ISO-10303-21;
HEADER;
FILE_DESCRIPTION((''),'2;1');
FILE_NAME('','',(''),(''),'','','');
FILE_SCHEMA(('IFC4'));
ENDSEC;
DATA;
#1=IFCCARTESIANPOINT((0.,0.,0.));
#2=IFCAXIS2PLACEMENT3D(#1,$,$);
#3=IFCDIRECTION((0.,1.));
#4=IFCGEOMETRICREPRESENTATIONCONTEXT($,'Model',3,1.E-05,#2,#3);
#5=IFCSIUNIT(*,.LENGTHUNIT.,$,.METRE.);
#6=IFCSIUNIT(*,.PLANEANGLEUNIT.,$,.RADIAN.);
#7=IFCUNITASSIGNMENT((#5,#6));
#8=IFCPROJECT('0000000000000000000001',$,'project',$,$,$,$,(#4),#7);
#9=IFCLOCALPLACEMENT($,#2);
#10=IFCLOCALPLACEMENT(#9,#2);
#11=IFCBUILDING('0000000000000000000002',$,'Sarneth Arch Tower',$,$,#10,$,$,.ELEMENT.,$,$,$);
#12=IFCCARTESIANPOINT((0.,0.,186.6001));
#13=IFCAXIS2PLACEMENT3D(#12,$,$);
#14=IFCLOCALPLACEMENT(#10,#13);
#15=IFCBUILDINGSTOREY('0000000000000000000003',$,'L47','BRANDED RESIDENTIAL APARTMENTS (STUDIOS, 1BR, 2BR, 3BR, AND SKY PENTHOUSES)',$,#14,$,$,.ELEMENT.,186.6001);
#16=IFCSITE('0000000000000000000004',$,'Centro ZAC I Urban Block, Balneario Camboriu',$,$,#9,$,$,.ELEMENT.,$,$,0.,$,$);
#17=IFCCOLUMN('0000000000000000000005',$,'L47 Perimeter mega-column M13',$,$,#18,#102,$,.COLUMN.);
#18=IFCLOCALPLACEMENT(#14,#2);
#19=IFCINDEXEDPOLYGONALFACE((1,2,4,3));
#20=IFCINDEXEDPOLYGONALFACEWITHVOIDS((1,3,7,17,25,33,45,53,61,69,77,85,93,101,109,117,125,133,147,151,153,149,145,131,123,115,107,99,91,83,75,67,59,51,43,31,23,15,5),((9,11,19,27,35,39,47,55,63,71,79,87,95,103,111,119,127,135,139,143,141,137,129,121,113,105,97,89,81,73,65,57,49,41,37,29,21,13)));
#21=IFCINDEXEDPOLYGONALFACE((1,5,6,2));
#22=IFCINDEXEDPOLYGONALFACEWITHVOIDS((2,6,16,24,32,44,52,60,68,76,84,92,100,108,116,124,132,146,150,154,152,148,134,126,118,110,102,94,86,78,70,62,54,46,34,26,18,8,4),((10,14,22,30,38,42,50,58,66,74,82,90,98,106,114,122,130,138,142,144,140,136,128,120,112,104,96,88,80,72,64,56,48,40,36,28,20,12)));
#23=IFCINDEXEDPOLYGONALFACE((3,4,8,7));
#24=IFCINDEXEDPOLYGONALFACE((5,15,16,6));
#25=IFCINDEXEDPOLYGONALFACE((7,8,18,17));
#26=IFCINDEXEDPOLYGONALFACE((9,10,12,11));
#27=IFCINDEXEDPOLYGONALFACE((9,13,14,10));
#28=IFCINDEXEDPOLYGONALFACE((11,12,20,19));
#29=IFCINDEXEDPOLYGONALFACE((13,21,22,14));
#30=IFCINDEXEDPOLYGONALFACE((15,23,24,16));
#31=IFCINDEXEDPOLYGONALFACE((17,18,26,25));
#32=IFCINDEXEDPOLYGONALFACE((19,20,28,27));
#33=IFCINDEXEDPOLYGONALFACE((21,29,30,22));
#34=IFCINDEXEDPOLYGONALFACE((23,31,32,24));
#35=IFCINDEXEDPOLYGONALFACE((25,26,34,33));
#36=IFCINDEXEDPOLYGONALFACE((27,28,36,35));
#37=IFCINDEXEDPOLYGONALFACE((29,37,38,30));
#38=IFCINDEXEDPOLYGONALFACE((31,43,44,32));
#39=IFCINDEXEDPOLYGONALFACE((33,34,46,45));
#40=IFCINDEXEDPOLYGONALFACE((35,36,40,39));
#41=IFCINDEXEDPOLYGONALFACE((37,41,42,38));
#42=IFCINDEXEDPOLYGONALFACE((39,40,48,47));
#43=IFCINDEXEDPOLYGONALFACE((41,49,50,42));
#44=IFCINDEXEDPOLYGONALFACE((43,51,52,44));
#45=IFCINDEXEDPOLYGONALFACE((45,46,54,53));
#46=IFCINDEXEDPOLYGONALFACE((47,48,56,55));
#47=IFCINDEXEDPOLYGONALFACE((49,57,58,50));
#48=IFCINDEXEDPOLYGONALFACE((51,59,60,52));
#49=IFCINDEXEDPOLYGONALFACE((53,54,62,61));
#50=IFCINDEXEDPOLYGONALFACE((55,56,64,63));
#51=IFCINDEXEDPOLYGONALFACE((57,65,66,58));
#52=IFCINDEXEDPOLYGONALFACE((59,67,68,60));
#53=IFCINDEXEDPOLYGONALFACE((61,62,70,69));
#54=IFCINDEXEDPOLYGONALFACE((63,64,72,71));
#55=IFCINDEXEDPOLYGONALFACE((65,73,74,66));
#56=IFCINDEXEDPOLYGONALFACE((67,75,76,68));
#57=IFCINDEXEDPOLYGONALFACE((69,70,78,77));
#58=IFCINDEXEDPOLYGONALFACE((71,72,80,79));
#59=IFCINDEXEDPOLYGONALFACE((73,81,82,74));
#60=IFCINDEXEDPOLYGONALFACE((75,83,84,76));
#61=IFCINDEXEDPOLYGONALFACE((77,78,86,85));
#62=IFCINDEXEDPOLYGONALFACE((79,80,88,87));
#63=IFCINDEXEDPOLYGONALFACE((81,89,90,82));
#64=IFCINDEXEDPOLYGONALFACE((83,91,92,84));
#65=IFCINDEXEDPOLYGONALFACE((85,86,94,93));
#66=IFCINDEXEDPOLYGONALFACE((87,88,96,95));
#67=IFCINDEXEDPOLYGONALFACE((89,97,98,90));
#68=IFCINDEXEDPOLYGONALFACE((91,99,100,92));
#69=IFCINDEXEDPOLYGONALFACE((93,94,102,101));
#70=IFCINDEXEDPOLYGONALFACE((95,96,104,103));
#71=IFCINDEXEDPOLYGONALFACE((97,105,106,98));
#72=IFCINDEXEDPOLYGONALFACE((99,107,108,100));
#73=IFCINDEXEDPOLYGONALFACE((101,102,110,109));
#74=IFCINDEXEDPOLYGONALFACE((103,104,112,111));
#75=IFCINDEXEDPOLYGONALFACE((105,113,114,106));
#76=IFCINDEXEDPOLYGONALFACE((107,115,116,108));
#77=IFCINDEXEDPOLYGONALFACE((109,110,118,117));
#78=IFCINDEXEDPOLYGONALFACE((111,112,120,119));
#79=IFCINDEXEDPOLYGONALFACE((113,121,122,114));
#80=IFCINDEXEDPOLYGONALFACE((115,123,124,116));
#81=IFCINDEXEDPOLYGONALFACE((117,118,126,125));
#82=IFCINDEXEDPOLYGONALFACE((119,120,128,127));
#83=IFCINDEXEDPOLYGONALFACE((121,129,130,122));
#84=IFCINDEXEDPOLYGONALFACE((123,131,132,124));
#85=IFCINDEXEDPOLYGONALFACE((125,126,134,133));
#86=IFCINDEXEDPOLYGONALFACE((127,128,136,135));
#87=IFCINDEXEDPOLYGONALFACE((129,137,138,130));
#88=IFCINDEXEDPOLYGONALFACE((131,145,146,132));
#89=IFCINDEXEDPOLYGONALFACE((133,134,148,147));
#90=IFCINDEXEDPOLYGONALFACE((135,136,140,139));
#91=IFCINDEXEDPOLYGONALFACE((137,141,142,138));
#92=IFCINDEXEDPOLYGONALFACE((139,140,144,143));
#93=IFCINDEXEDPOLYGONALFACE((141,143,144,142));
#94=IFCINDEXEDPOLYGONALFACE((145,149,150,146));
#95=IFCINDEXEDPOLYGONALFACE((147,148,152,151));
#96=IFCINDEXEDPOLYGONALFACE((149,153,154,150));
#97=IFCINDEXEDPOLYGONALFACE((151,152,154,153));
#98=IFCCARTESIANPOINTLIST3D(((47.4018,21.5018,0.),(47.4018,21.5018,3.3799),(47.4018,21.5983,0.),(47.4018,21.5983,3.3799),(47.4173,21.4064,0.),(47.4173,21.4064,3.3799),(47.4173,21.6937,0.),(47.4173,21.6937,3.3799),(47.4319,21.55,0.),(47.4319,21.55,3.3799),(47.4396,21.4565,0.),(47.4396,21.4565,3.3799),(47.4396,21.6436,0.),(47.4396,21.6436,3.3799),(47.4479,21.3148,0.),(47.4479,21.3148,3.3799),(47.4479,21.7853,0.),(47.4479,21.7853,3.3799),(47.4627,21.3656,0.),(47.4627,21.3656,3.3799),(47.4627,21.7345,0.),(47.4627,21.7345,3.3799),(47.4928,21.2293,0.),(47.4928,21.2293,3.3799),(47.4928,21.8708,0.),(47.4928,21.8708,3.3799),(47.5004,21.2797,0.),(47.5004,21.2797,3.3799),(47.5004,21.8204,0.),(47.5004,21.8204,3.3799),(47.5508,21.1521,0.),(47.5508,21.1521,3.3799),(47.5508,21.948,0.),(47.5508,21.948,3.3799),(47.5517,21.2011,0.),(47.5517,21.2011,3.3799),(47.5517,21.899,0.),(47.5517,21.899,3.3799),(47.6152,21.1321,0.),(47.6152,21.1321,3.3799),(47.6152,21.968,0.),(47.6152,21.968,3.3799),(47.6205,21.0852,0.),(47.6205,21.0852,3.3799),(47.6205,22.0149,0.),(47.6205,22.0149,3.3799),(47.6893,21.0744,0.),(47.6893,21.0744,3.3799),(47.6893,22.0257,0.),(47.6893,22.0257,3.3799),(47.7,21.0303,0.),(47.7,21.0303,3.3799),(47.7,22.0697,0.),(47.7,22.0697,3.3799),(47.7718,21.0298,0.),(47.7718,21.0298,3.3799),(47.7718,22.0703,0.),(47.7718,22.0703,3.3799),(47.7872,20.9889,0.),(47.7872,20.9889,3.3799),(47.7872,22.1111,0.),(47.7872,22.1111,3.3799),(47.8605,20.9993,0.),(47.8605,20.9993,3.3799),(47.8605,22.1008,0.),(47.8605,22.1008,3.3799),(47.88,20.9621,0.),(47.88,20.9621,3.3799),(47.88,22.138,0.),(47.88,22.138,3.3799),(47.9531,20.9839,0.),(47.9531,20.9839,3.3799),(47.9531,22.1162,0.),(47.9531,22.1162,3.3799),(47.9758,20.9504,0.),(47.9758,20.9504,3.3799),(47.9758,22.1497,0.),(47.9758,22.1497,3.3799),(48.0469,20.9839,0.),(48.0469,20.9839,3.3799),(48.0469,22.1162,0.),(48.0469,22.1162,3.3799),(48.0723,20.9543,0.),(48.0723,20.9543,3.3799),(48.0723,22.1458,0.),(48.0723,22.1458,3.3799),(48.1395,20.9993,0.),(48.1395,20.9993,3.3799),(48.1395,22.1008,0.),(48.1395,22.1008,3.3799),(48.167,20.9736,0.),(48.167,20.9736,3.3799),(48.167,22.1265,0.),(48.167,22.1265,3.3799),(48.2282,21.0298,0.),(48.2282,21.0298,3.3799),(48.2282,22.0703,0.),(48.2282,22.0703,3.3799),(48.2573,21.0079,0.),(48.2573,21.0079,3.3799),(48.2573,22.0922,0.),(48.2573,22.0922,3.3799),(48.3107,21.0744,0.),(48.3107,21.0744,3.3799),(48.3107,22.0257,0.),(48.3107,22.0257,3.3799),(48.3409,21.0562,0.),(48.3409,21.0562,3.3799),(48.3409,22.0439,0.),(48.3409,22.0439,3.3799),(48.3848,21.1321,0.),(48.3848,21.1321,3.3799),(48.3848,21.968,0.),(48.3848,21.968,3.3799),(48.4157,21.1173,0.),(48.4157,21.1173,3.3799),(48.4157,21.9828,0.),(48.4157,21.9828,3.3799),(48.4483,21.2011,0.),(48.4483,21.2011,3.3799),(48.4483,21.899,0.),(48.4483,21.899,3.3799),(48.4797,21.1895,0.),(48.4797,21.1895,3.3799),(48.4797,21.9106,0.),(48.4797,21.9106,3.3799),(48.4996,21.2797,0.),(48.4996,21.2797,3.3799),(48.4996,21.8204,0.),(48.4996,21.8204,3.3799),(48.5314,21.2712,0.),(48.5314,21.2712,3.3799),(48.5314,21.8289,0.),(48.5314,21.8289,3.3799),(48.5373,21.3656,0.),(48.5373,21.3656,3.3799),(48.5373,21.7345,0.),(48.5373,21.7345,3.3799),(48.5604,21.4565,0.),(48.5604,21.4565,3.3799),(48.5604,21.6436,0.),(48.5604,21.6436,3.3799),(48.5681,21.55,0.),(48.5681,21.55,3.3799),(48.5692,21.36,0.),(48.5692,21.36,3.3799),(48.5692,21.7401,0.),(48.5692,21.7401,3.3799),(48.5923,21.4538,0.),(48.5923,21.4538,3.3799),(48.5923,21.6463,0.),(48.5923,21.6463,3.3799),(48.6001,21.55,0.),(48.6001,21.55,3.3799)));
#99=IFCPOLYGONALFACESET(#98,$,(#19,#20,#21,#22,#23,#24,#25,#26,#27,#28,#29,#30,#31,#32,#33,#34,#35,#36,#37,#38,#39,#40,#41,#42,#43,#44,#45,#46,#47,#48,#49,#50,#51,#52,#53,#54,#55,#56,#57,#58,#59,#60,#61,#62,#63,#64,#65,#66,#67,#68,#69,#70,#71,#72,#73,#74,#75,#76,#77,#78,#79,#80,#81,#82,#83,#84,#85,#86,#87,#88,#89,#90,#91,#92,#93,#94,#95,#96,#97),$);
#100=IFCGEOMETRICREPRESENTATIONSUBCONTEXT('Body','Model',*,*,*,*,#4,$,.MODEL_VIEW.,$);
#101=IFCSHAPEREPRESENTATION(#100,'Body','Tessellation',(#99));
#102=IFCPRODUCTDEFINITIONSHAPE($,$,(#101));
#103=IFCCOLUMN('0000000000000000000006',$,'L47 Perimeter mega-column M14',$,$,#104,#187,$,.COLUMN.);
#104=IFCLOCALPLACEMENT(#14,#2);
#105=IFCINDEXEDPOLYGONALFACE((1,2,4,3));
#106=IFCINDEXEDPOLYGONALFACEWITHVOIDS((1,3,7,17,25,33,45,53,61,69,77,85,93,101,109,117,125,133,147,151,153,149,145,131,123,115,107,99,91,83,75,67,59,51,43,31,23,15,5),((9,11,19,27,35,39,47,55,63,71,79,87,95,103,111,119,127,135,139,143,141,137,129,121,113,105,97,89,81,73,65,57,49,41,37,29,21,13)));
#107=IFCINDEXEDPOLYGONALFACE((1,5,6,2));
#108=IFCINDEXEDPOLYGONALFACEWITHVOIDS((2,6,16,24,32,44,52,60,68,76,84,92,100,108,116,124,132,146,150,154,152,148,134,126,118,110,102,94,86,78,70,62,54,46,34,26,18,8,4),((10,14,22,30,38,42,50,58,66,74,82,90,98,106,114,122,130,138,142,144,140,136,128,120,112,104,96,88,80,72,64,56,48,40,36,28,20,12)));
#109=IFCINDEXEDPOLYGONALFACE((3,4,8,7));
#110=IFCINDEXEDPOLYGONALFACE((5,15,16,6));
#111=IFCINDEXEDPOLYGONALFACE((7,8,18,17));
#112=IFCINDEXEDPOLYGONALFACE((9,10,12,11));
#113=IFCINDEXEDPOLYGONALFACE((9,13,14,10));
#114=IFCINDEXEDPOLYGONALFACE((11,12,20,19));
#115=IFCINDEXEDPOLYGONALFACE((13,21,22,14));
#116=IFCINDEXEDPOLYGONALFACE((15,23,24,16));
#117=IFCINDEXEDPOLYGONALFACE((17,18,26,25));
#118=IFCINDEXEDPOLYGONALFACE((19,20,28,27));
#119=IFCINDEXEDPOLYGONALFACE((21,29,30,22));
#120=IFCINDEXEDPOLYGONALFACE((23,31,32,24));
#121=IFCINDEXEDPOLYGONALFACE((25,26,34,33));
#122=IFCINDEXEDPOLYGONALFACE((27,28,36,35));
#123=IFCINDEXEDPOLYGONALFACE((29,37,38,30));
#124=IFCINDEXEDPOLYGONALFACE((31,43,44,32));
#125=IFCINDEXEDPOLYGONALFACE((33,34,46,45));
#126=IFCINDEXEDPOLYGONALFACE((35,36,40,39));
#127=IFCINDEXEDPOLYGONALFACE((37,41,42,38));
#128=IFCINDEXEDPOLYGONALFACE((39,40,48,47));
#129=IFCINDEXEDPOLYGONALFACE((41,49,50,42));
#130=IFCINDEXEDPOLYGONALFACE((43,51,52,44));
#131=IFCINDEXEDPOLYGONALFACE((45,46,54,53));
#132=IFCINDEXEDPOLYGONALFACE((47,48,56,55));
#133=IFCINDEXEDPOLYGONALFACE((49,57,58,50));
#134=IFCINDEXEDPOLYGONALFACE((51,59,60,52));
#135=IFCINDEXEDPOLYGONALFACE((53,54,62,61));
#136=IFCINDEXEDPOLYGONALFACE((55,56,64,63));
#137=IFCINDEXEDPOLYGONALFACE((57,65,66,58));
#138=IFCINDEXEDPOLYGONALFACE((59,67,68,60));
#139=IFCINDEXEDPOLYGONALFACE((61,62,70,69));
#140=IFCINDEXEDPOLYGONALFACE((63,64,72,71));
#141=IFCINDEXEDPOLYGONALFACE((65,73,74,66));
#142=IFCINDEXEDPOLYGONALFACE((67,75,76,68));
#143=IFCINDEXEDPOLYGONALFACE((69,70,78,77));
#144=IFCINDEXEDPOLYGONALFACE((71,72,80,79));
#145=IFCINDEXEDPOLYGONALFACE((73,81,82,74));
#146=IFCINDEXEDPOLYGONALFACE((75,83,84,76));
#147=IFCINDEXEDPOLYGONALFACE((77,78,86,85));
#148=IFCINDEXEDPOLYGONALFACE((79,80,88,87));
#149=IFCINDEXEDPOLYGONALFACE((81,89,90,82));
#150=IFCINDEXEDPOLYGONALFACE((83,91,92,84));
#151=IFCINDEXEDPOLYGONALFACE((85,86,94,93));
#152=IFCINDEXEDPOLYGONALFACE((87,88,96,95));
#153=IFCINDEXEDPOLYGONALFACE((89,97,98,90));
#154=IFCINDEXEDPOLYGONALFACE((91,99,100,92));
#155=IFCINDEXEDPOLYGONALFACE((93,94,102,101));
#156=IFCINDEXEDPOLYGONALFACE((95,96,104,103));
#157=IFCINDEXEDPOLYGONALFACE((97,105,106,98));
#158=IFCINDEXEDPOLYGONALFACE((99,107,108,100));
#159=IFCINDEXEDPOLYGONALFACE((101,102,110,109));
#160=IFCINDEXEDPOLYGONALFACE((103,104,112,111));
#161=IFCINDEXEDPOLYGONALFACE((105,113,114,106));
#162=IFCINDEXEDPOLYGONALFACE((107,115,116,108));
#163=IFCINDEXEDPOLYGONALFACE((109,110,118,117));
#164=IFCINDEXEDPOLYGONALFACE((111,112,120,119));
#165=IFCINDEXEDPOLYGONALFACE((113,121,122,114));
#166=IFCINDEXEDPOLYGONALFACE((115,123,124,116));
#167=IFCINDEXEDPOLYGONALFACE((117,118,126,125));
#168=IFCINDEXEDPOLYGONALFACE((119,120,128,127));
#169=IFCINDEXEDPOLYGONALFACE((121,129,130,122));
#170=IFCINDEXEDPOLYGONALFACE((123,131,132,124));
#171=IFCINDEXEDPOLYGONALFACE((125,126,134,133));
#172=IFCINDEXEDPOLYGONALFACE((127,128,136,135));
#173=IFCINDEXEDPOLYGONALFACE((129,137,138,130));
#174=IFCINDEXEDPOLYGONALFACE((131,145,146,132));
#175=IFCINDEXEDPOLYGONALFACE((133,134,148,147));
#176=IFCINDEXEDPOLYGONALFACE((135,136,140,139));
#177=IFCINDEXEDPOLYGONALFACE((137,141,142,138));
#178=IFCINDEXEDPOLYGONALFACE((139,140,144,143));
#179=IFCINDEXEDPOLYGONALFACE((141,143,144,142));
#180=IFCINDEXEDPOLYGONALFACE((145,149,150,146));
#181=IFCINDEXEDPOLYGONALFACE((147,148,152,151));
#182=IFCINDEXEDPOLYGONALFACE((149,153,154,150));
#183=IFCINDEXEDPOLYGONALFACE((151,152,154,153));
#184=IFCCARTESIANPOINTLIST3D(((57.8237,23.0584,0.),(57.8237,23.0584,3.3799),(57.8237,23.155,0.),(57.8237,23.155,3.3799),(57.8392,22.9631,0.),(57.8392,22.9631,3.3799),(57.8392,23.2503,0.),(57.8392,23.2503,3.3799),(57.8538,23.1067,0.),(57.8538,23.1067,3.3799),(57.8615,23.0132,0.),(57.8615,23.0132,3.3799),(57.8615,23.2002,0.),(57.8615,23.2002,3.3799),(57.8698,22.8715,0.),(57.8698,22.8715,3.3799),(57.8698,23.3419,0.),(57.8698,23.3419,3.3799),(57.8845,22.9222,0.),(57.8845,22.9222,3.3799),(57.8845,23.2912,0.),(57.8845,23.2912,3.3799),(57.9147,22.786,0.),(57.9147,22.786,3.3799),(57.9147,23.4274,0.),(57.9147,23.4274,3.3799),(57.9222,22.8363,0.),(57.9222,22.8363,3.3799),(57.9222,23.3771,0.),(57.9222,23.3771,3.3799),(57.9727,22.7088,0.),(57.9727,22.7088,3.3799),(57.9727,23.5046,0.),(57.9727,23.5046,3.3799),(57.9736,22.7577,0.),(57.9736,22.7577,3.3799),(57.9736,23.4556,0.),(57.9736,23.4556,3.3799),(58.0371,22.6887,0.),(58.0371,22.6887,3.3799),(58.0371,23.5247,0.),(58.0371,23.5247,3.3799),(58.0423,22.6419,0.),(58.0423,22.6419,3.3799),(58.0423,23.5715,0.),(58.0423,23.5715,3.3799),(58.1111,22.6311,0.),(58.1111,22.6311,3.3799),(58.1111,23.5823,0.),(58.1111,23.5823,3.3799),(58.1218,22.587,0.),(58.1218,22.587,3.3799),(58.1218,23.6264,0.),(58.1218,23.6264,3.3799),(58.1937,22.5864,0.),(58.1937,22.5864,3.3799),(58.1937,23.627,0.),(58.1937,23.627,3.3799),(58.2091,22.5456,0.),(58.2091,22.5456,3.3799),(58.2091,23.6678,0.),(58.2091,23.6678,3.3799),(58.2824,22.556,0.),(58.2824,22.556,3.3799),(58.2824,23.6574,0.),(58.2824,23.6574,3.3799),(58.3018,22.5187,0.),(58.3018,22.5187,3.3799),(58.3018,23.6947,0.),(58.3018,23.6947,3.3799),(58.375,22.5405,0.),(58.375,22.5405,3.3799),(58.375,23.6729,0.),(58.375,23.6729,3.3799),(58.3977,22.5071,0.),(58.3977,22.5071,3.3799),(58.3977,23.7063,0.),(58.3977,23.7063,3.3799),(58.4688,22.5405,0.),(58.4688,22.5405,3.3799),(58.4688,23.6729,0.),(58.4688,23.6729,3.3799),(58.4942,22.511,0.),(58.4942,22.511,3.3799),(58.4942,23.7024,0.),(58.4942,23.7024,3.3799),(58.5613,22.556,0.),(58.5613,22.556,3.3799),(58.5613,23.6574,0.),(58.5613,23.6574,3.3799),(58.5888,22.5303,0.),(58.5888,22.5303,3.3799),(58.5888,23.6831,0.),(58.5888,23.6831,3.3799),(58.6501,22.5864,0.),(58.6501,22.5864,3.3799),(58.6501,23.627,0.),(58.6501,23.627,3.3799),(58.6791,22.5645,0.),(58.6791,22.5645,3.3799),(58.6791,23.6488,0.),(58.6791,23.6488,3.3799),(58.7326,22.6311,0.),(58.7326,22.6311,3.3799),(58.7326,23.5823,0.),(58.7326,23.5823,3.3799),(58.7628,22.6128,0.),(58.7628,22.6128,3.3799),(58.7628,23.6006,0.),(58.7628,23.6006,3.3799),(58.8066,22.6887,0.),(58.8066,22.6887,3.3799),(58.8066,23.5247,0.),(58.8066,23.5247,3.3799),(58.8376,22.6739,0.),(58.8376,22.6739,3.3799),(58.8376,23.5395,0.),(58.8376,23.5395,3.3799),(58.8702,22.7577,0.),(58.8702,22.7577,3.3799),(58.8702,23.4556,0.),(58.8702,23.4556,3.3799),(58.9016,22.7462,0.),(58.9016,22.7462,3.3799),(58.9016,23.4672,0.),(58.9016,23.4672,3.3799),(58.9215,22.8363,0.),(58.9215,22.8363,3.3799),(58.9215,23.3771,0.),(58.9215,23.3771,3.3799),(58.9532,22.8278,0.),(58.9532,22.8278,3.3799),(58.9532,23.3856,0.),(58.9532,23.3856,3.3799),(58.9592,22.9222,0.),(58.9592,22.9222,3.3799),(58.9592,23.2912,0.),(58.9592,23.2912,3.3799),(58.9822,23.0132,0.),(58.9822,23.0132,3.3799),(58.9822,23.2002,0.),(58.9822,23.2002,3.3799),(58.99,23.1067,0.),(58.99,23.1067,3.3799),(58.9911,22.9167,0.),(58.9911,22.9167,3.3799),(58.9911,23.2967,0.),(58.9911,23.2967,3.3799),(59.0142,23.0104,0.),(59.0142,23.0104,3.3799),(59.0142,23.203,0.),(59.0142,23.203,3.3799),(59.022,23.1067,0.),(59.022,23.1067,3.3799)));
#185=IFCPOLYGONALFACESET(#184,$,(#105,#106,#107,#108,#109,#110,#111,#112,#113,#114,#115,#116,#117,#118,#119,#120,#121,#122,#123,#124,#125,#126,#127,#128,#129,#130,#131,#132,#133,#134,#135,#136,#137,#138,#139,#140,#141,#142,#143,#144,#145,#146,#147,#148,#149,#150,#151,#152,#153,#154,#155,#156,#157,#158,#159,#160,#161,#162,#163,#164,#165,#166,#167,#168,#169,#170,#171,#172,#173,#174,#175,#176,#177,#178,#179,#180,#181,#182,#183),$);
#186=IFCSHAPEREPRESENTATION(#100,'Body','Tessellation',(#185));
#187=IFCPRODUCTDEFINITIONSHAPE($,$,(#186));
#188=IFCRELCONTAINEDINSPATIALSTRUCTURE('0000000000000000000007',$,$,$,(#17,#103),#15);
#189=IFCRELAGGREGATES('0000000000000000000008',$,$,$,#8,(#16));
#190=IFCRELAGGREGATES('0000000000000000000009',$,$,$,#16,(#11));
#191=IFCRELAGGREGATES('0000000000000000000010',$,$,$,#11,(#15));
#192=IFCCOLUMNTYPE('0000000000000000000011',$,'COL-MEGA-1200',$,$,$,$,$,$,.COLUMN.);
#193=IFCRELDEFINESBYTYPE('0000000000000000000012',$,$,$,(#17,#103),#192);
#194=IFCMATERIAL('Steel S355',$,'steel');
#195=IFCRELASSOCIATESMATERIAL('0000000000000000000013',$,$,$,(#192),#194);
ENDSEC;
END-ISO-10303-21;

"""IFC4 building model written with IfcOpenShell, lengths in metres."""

from ifc_helpers import new_model, si_unit, direction, frame, origin, origin_2d, place, context, subcontext, project, spatial, hollow_circle, extrude, material, material_profile, profile_set, type_object, element, save


model = new_model("IFC4")

# Units and contexts
model_context = context("Model", 3, precision=1e-05, world=origin(), true_north=direction((0.0, 1.0)))
body_context = subcontext(model_context, "Body", "Model", "MODEL_VIEW")
ifc_project = project(units=[si_unit("LENGTHUNIT", "METRE"), si_unit("PLANEANGLEUNIT", "RADIAN")], contexts=[model_context])

# Site, building, storey
site_placement = place(None, origin())
site = spatial("IfcSite", under=ifc_project, at=site_placement, Name="Centro ZAC I Urban Block, Balneario Camboriu", CompositionType="ELEMENT", RefElevation=0.0)
building_placement = place(site_placement, origin())
building = spatial("IfcBuilding", under=site, at=building_placement, Name="Sarneth Arch Tower", CompositionType="ELEMENT")
storey_placement = place(building_placement, frame((0.0, 0.0, 186.6001)))
storey = spatial("IfcBuildingStorey", under=building, at=storey_placement, Name="L47", Description="BRANDED RESIDENTIAL APARTMENTS (STUDIOS, 1BR, 2BR, 3BR, AND SKY PENTHOUSES)", CompositionType="ELEMENT", Elevation=186.6001)

# Columns
ifc_material_1 = material(Name="Steel S355", Category="steel")
ifc_material_profile_1 = material_profile(ifc_material_1, hollow_circle(Radius=0.6001, WallThickness=0.032, at=origin_2d()), Name="CHS1200x32")
ifc_profile_set_1 = profile_set([ifc_material_profile_1], Name="Steel S355")
column_type = type_object("IfcColumnType", Name="COL-MEGA-1200", PredefinedType="COLUMN", material=ifc_profile_set_1)
for number, where, z_axis, x_axis, name in (
    (1, (48.0, 21.55, 0.0), (0.0, 0.0, 1.0), (1.0, 0.0, 0.0), "L47 Perimeter mega-column M13"),
    (2, (58.4219, 23.1067, 0.0), (0.0, 0.0, 1.0), (1.0, 0.0, 0.0), "L47 Perimeter mega-column M14"),
):
    element("IfcColumn", number, at=place(storey_placement, frame(where, z_axis=z_axis, x_axis=x_axis)), inside=storey, type_object=column_type, Name=name, PredefinedType="COLUMN", context=body_context, shape_type="SweptSolid", body=[
        extrude(hollow_circle(Radius=0.6001, WallThickness=0.032, at=origin_2d()), origin(), (0.0, 0.0, 1.0), 3.3799),
    ])

save(model, "model.ifc")
